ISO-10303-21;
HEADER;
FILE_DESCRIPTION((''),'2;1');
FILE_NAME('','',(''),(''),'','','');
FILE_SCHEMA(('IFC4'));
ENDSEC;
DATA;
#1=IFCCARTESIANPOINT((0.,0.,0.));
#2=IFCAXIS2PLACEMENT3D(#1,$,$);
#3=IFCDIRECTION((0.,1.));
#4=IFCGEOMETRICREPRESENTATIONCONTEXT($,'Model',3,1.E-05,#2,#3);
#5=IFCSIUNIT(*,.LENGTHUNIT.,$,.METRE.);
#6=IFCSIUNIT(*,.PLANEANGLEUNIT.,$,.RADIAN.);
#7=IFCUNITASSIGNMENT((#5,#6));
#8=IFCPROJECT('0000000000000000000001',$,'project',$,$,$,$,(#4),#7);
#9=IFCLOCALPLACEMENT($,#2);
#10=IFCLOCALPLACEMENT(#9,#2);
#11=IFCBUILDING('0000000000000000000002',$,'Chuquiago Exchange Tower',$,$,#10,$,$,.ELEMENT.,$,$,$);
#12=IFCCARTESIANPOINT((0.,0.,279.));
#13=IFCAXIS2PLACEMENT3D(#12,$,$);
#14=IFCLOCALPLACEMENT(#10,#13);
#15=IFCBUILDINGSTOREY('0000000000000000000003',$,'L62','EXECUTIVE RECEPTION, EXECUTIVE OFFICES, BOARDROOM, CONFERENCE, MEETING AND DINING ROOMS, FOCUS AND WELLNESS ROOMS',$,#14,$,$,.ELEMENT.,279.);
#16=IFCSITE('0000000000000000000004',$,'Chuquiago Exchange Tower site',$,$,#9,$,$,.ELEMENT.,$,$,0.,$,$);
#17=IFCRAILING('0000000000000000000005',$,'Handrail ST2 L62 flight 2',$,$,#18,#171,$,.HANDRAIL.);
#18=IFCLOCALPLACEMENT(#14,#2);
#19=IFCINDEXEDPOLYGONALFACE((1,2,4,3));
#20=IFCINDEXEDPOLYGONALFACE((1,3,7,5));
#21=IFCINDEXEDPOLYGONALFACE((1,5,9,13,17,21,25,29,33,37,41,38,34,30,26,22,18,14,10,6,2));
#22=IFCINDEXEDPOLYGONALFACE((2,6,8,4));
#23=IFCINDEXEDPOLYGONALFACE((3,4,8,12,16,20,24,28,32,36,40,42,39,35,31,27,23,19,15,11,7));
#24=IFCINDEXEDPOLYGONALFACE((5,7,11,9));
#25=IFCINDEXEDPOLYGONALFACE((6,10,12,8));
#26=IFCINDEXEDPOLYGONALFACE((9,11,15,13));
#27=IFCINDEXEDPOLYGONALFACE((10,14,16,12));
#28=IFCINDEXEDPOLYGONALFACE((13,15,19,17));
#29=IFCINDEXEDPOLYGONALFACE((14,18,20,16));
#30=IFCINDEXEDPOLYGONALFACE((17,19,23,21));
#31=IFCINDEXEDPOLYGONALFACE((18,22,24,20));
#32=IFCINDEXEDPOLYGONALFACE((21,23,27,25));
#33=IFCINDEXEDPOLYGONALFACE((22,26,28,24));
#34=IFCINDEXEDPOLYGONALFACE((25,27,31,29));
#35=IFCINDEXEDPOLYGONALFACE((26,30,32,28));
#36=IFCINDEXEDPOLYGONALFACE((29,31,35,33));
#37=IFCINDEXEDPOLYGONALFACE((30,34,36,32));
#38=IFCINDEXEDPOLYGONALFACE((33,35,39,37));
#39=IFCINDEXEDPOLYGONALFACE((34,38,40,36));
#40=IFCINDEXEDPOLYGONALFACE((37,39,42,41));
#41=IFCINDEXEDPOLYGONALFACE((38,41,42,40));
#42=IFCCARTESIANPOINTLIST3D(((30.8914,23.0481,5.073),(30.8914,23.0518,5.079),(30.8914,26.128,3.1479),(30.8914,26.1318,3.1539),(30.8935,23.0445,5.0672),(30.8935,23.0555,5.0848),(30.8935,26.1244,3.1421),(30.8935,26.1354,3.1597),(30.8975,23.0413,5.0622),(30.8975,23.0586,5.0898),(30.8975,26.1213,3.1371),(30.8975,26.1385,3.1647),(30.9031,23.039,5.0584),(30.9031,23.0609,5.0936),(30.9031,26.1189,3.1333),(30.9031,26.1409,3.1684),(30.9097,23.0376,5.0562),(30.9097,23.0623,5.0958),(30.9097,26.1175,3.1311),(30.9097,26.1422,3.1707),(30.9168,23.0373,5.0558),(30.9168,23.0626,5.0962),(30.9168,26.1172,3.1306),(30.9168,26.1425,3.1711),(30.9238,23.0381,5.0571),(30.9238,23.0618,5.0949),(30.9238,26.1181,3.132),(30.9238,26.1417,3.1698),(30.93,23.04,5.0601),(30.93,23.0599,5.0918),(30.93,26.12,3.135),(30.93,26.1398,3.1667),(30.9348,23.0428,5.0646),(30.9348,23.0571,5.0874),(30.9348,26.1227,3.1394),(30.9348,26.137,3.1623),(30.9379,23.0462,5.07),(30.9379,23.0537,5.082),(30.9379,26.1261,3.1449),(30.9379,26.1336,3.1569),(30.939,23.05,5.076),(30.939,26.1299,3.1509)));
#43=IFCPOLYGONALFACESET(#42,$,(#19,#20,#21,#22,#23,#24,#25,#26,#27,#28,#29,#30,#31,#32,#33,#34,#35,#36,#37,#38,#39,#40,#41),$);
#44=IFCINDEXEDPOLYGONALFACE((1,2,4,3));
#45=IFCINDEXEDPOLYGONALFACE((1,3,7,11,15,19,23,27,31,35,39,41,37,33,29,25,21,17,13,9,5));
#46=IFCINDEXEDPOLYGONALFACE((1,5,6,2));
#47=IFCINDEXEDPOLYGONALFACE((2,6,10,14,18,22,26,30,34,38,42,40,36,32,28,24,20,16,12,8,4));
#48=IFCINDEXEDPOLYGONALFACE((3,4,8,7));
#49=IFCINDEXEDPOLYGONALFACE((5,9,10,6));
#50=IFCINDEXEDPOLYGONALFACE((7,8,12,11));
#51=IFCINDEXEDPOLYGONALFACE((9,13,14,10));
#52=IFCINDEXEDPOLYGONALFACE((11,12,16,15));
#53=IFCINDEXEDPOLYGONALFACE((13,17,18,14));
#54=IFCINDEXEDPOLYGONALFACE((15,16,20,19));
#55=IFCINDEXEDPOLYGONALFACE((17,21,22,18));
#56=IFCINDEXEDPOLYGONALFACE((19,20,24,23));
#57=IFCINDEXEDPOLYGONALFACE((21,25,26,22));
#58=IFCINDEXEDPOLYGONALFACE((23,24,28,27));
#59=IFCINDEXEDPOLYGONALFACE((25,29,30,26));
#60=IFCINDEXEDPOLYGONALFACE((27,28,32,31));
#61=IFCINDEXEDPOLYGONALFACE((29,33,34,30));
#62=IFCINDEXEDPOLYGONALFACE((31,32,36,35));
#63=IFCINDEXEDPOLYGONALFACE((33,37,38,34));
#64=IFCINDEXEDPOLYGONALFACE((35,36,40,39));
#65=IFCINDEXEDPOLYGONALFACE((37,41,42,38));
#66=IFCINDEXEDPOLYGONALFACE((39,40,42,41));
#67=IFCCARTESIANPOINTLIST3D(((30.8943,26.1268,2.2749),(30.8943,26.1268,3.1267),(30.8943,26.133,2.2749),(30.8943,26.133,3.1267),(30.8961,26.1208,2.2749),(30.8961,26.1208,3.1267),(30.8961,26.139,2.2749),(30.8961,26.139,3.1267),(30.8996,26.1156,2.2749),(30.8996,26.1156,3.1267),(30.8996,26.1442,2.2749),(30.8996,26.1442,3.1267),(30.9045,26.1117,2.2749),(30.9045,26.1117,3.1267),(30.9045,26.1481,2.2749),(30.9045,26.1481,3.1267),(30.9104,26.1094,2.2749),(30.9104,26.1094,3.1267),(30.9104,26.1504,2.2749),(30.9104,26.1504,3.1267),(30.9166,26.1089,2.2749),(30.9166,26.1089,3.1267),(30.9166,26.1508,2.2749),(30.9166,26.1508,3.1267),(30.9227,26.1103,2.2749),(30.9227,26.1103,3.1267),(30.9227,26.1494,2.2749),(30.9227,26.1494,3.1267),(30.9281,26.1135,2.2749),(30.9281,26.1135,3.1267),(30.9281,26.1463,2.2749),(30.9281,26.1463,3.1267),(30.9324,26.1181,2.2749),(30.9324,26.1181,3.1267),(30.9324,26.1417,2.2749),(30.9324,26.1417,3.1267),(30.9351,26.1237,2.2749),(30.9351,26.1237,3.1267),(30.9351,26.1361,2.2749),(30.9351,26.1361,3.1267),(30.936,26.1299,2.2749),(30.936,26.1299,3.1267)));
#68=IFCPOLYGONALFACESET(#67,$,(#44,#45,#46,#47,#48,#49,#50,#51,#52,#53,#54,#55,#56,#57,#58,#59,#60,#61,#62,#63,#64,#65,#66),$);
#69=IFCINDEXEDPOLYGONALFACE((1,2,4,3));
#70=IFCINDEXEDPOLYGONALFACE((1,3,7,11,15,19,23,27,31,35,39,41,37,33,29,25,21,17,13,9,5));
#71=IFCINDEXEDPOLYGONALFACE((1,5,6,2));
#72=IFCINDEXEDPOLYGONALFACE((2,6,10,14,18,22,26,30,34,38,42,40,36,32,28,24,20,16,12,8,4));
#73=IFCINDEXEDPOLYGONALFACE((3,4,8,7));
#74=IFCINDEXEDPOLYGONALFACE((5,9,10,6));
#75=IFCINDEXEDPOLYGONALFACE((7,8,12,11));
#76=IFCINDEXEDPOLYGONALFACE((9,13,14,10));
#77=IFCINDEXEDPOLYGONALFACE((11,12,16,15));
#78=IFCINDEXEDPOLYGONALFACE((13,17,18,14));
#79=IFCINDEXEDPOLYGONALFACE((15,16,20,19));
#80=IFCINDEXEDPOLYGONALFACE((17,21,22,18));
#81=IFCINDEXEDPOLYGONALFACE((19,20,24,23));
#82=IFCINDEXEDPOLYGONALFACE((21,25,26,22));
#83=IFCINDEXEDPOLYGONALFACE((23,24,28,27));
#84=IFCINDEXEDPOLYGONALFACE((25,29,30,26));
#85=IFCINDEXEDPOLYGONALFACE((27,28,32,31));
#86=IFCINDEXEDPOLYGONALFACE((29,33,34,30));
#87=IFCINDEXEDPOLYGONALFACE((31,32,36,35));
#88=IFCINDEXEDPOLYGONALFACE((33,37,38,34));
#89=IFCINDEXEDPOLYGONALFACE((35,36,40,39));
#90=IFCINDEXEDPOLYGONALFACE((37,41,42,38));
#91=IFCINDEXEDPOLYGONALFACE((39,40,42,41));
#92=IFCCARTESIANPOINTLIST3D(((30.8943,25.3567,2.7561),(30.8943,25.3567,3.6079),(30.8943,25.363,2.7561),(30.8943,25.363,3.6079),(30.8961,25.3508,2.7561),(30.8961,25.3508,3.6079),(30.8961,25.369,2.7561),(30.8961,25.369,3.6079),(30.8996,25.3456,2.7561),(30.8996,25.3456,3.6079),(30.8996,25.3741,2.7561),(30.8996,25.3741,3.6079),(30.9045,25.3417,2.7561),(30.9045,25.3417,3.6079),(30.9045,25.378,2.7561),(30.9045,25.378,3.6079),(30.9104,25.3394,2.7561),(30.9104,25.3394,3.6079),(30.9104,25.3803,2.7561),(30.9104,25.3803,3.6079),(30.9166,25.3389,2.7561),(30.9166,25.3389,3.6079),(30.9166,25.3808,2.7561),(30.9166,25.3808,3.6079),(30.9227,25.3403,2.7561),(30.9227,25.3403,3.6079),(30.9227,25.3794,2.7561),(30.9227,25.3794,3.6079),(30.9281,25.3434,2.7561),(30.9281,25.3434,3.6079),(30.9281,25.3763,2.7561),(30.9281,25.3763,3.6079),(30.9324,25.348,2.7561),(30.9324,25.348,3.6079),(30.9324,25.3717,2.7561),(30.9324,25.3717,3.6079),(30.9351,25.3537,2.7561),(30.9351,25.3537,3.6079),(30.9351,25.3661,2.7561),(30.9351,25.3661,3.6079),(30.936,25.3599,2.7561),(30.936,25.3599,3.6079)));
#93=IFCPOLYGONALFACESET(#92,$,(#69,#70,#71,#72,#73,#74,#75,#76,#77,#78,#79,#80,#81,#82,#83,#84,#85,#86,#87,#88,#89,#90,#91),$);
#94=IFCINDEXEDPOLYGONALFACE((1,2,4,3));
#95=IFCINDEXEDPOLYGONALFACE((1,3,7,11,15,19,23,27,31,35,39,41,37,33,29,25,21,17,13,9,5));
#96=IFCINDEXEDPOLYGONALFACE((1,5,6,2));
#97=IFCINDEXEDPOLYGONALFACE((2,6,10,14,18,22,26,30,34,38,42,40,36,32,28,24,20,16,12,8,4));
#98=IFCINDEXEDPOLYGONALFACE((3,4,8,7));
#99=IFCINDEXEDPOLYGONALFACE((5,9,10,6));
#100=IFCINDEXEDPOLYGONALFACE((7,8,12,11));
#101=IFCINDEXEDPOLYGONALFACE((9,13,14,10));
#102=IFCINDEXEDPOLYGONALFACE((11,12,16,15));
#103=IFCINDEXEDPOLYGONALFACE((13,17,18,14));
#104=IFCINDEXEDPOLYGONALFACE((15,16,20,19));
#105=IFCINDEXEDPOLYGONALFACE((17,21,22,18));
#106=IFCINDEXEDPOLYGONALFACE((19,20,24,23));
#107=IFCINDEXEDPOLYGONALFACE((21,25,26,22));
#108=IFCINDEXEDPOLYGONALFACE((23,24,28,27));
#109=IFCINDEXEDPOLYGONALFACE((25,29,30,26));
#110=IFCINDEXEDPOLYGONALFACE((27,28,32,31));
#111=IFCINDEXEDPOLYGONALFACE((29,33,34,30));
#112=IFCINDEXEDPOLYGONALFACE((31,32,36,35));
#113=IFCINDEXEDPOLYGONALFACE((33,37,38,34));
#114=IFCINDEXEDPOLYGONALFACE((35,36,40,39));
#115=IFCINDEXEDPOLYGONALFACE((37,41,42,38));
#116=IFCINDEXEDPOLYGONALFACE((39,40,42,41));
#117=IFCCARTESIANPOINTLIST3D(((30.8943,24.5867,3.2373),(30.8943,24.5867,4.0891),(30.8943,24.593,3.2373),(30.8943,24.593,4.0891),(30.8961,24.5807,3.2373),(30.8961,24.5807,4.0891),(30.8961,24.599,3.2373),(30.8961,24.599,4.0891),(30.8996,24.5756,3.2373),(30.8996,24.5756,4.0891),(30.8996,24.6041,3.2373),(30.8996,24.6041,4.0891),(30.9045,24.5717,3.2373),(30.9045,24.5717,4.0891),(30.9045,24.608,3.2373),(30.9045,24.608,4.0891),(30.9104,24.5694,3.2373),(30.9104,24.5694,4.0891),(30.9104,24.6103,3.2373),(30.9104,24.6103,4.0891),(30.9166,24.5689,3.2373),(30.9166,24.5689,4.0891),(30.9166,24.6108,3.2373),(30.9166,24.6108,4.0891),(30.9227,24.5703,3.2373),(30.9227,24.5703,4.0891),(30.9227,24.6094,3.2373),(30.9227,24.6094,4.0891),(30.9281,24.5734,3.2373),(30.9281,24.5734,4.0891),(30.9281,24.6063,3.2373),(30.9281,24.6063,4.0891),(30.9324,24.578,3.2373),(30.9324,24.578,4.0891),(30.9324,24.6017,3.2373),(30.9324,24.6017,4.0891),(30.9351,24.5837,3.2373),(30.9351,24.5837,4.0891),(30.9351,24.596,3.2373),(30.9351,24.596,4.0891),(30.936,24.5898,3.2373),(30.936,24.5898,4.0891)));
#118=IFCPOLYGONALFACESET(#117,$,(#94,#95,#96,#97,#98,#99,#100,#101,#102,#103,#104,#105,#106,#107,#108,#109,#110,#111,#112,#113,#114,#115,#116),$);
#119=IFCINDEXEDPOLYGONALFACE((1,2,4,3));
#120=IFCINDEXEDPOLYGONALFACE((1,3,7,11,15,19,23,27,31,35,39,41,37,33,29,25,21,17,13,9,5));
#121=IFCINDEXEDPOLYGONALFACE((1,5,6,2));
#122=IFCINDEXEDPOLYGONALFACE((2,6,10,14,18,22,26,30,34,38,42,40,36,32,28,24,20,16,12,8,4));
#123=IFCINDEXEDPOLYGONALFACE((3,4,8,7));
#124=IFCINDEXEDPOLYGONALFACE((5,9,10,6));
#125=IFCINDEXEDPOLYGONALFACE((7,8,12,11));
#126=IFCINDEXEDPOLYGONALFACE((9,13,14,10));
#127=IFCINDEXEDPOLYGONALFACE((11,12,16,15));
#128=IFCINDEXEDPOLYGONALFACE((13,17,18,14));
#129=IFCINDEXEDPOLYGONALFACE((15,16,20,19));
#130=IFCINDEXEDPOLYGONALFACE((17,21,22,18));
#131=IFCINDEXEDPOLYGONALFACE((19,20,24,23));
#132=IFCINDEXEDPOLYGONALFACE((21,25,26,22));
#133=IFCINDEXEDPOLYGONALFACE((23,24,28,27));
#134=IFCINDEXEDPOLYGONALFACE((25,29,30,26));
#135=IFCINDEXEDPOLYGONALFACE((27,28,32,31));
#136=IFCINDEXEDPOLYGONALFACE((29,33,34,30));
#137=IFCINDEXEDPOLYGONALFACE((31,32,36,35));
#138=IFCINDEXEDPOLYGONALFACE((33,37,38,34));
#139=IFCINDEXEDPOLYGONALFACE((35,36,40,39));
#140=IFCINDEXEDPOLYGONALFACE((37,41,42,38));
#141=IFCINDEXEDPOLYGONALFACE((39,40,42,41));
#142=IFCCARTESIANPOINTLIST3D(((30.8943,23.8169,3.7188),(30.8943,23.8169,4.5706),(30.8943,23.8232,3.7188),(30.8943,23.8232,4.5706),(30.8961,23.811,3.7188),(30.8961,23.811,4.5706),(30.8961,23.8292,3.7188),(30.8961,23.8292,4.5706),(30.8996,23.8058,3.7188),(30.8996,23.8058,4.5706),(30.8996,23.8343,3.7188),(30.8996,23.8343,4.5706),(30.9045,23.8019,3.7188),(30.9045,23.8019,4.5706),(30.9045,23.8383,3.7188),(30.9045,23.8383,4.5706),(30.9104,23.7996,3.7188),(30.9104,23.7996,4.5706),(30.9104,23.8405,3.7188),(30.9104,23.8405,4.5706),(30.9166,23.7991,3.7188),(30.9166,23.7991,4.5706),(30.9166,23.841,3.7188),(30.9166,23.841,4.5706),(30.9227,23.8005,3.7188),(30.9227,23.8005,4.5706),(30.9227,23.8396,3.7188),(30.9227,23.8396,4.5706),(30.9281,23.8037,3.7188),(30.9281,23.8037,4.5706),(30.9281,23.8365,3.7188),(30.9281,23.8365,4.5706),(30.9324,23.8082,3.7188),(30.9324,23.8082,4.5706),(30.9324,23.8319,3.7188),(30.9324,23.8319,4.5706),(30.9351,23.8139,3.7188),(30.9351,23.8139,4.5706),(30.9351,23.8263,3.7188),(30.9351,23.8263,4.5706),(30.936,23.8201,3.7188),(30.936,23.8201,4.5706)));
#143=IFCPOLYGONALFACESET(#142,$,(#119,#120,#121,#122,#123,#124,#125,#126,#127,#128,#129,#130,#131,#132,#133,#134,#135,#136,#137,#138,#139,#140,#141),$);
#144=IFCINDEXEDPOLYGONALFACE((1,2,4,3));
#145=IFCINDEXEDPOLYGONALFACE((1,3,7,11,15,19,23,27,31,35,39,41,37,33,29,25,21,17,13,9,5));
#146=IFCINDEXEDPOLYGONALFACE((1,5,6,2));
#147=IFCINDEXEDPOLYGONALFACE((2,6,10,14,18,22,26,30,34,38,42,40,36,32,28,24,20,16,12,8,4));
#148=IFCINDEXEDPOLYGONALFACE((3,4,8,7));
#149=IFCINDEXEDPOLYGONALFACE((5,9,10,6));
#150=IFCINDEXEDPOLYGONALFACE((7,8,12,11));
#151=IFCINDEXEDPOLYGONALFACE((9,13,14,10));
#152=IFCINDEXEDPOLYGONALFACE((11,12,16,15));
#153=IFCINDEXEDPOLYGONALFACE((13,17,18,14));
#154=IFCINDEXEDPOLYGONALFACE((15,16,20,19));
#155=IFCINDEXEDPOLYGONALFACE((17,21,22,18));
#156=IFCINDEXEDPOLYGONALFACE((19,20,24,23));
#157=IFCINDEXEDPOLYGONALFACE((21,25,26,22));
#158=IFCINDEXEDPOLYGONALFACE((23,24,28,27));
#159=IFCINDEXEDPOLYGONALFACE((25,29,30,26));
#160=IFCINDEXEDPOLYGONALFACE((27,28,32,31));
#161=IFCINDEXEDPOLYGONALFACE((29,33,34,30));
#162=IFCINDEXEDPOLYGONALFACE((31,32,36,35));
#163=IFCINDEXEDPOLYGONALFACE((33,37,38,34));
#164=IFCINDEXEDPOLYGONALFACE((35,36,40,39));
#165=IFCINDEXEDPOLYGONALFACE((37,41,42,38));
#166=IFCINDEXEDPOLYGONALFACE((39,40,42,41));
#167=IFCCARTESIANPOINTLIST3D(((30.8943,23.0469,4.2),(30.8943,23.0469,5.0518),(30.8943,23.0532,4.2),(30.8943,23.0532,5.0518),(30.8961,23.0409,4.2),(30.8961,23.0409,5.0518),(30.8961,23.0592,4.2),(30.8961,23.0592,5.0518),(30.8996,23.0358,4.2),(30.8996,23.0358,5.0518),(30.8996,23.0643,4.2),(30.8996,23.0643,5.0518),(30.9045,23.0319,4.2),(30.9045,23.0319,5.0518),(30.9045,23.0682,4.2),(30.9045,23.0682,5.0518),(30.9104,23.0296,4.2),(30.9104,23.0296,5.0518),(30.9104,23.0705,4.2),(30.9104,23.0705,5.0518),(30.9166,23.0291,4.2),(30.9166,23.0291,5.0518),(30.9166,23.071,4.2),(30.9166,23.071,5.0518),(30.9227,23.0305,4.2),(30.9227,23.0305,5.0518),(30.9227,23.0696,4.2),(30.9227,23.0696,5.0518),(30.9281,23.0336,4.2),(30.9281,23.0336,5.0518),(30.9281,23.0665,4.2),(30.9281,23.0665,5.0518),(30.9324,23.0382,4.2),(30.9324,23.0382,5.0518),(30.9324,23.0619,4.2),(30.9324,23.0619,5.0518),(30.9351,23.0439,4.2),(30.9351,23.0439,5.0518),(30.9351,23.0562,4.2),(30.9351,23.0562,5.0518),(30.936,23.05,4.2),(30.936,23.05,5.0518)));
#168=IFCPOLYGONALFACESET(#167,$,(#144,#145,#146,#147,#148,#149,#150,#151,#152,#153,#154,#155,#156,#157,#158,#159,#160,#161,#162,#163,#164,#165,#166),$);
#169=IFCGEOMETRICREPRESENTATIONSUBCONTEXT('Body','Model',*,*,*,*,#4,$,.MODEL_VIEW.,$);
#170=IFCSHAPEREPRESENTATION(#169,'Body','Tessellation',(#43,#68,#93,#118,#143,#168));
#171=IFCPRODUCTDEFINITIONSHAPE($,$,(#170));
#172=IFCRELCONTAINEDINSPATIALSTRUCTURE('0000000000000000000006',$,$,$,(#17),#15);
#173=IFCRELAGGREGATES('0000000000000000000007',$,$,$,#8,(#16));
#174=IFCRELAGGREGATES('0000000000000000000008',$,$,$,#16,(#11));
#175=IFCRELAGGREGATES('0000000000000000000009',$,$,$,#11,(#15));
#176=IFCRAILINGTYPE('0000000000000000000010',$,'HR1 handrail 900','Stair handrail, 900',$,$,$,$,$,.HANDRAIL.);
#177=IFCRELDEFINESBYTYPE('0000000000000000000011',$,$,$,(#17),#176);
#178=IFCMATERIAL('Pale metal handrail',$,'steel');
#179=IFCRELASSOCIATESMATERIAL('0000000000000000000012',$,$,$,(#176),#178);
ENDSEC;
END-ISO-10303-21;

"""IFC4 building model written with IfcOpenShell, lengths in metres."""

from ifc_helpers import new_model, si_unit, direction, frame, origin, origin_2d, place, context, subcontext, project, spatial, circle, extrude, material, type_object, element, save


model = new_model("IFC4")

# Units and contexts
model_context = context("Model", 3, precision=1e-05, world=origin(), true_north=direction((0.0, 1.0)))
body_context = subcontext(model_context, "Body", "Model", "MODEL_VIEW")
ifc_project = project(units=[si_unit("LENGTHUNIT", "METRE"), si_unit("PLANEANGLEUNIT", "RADIAN")], contexts=[model_context])

# Site, building, storey
site_placement = place(None, origin())
site = spatial("IfcSite", under=ifc_project, at=site_placement, Name="Chuquiago Exchange Tower site", CompositionType="ELEMENT", RefElevation=0.0)
building_placement = place(site_placement, origin())
building = spatial("IfcBuilding", under=site, at=building_placement, Name="Chuquiago Exchange Tower", CompositionType="ELEMENT")
storey_placement = place(building_placement, frame((0.0, 0.0, 279.0)))
storey = spatial("IfcBuildingStorey", under=building, at=storey_placement, Name="L62", Description="EXECUTIVE RECEPTION, EXECUTIVE OFFICES, BOARDROOM, CONFERENCE, MEETING AND DINING ROOMS, FOCUS AND WELLNESS ROOMS", CompositionType="ELEMENT", Elevation=279.0)

# Railing
ifc_material_1 = material(Name="Pale metal handrail", Category="steel")
railing_type_1 = type_object("IfcRailingType", Name="HR1 handrail 900", Description="Stair handrail, 900", PredefinedType="HANDRAIL", material=ifc_material_1)
for number, where, name in (
    (1, (30.915, 26.1299, 2.2749), "Handrail ST2 L62 flight 2"),
):
    element("IfcRailing", number, at=place(storey_placement, frame(where)), inside=storey, type_object=railing_type_1, Name=name, PredefinedType="HANDRAIL", context=body_context, shape_type="SweptSolid", body=[
        extrude(circle(Radius=0.0239, at=origin_2d()), frame((0.0, 0.0, 0.876), z_axis=(0.0, -0.847979, 0.530029), x_axis=(1.0, 0.0, 0.0)), (0.0, 0.0, 1.0), 3.6321),
        extrude(circle(Radius=0.021, at=origin_2d()), origin(), (0.0, 0.0, 1.0), 0.8518),
        extrude(circle(Radius=0.021, at=origin_2d()), frame((0.0, -0.77, 0.4812)), (0.0, 0.0, 1.0), 0.8518),
        extrude(circle(Radius=0.021, at=origin_2d()), frame((0.0, -1.54, 0.9624)), (0.0, 0.0, 1.0), 0.8518),
        extrude(circle(Radius=0.021, at=origin_2d()), frame((0.0, -2.3098, 1.4438)), (0.0, 0.0, 1.0), 0.8518),
        extrude(circle(Radius=0.021, at=origin_2d()), frame((0.0, -3.0798, 1.925)), (0.0, 0.0, 1.0), 0.8518),
    ])

save(model, "model.ifc")
